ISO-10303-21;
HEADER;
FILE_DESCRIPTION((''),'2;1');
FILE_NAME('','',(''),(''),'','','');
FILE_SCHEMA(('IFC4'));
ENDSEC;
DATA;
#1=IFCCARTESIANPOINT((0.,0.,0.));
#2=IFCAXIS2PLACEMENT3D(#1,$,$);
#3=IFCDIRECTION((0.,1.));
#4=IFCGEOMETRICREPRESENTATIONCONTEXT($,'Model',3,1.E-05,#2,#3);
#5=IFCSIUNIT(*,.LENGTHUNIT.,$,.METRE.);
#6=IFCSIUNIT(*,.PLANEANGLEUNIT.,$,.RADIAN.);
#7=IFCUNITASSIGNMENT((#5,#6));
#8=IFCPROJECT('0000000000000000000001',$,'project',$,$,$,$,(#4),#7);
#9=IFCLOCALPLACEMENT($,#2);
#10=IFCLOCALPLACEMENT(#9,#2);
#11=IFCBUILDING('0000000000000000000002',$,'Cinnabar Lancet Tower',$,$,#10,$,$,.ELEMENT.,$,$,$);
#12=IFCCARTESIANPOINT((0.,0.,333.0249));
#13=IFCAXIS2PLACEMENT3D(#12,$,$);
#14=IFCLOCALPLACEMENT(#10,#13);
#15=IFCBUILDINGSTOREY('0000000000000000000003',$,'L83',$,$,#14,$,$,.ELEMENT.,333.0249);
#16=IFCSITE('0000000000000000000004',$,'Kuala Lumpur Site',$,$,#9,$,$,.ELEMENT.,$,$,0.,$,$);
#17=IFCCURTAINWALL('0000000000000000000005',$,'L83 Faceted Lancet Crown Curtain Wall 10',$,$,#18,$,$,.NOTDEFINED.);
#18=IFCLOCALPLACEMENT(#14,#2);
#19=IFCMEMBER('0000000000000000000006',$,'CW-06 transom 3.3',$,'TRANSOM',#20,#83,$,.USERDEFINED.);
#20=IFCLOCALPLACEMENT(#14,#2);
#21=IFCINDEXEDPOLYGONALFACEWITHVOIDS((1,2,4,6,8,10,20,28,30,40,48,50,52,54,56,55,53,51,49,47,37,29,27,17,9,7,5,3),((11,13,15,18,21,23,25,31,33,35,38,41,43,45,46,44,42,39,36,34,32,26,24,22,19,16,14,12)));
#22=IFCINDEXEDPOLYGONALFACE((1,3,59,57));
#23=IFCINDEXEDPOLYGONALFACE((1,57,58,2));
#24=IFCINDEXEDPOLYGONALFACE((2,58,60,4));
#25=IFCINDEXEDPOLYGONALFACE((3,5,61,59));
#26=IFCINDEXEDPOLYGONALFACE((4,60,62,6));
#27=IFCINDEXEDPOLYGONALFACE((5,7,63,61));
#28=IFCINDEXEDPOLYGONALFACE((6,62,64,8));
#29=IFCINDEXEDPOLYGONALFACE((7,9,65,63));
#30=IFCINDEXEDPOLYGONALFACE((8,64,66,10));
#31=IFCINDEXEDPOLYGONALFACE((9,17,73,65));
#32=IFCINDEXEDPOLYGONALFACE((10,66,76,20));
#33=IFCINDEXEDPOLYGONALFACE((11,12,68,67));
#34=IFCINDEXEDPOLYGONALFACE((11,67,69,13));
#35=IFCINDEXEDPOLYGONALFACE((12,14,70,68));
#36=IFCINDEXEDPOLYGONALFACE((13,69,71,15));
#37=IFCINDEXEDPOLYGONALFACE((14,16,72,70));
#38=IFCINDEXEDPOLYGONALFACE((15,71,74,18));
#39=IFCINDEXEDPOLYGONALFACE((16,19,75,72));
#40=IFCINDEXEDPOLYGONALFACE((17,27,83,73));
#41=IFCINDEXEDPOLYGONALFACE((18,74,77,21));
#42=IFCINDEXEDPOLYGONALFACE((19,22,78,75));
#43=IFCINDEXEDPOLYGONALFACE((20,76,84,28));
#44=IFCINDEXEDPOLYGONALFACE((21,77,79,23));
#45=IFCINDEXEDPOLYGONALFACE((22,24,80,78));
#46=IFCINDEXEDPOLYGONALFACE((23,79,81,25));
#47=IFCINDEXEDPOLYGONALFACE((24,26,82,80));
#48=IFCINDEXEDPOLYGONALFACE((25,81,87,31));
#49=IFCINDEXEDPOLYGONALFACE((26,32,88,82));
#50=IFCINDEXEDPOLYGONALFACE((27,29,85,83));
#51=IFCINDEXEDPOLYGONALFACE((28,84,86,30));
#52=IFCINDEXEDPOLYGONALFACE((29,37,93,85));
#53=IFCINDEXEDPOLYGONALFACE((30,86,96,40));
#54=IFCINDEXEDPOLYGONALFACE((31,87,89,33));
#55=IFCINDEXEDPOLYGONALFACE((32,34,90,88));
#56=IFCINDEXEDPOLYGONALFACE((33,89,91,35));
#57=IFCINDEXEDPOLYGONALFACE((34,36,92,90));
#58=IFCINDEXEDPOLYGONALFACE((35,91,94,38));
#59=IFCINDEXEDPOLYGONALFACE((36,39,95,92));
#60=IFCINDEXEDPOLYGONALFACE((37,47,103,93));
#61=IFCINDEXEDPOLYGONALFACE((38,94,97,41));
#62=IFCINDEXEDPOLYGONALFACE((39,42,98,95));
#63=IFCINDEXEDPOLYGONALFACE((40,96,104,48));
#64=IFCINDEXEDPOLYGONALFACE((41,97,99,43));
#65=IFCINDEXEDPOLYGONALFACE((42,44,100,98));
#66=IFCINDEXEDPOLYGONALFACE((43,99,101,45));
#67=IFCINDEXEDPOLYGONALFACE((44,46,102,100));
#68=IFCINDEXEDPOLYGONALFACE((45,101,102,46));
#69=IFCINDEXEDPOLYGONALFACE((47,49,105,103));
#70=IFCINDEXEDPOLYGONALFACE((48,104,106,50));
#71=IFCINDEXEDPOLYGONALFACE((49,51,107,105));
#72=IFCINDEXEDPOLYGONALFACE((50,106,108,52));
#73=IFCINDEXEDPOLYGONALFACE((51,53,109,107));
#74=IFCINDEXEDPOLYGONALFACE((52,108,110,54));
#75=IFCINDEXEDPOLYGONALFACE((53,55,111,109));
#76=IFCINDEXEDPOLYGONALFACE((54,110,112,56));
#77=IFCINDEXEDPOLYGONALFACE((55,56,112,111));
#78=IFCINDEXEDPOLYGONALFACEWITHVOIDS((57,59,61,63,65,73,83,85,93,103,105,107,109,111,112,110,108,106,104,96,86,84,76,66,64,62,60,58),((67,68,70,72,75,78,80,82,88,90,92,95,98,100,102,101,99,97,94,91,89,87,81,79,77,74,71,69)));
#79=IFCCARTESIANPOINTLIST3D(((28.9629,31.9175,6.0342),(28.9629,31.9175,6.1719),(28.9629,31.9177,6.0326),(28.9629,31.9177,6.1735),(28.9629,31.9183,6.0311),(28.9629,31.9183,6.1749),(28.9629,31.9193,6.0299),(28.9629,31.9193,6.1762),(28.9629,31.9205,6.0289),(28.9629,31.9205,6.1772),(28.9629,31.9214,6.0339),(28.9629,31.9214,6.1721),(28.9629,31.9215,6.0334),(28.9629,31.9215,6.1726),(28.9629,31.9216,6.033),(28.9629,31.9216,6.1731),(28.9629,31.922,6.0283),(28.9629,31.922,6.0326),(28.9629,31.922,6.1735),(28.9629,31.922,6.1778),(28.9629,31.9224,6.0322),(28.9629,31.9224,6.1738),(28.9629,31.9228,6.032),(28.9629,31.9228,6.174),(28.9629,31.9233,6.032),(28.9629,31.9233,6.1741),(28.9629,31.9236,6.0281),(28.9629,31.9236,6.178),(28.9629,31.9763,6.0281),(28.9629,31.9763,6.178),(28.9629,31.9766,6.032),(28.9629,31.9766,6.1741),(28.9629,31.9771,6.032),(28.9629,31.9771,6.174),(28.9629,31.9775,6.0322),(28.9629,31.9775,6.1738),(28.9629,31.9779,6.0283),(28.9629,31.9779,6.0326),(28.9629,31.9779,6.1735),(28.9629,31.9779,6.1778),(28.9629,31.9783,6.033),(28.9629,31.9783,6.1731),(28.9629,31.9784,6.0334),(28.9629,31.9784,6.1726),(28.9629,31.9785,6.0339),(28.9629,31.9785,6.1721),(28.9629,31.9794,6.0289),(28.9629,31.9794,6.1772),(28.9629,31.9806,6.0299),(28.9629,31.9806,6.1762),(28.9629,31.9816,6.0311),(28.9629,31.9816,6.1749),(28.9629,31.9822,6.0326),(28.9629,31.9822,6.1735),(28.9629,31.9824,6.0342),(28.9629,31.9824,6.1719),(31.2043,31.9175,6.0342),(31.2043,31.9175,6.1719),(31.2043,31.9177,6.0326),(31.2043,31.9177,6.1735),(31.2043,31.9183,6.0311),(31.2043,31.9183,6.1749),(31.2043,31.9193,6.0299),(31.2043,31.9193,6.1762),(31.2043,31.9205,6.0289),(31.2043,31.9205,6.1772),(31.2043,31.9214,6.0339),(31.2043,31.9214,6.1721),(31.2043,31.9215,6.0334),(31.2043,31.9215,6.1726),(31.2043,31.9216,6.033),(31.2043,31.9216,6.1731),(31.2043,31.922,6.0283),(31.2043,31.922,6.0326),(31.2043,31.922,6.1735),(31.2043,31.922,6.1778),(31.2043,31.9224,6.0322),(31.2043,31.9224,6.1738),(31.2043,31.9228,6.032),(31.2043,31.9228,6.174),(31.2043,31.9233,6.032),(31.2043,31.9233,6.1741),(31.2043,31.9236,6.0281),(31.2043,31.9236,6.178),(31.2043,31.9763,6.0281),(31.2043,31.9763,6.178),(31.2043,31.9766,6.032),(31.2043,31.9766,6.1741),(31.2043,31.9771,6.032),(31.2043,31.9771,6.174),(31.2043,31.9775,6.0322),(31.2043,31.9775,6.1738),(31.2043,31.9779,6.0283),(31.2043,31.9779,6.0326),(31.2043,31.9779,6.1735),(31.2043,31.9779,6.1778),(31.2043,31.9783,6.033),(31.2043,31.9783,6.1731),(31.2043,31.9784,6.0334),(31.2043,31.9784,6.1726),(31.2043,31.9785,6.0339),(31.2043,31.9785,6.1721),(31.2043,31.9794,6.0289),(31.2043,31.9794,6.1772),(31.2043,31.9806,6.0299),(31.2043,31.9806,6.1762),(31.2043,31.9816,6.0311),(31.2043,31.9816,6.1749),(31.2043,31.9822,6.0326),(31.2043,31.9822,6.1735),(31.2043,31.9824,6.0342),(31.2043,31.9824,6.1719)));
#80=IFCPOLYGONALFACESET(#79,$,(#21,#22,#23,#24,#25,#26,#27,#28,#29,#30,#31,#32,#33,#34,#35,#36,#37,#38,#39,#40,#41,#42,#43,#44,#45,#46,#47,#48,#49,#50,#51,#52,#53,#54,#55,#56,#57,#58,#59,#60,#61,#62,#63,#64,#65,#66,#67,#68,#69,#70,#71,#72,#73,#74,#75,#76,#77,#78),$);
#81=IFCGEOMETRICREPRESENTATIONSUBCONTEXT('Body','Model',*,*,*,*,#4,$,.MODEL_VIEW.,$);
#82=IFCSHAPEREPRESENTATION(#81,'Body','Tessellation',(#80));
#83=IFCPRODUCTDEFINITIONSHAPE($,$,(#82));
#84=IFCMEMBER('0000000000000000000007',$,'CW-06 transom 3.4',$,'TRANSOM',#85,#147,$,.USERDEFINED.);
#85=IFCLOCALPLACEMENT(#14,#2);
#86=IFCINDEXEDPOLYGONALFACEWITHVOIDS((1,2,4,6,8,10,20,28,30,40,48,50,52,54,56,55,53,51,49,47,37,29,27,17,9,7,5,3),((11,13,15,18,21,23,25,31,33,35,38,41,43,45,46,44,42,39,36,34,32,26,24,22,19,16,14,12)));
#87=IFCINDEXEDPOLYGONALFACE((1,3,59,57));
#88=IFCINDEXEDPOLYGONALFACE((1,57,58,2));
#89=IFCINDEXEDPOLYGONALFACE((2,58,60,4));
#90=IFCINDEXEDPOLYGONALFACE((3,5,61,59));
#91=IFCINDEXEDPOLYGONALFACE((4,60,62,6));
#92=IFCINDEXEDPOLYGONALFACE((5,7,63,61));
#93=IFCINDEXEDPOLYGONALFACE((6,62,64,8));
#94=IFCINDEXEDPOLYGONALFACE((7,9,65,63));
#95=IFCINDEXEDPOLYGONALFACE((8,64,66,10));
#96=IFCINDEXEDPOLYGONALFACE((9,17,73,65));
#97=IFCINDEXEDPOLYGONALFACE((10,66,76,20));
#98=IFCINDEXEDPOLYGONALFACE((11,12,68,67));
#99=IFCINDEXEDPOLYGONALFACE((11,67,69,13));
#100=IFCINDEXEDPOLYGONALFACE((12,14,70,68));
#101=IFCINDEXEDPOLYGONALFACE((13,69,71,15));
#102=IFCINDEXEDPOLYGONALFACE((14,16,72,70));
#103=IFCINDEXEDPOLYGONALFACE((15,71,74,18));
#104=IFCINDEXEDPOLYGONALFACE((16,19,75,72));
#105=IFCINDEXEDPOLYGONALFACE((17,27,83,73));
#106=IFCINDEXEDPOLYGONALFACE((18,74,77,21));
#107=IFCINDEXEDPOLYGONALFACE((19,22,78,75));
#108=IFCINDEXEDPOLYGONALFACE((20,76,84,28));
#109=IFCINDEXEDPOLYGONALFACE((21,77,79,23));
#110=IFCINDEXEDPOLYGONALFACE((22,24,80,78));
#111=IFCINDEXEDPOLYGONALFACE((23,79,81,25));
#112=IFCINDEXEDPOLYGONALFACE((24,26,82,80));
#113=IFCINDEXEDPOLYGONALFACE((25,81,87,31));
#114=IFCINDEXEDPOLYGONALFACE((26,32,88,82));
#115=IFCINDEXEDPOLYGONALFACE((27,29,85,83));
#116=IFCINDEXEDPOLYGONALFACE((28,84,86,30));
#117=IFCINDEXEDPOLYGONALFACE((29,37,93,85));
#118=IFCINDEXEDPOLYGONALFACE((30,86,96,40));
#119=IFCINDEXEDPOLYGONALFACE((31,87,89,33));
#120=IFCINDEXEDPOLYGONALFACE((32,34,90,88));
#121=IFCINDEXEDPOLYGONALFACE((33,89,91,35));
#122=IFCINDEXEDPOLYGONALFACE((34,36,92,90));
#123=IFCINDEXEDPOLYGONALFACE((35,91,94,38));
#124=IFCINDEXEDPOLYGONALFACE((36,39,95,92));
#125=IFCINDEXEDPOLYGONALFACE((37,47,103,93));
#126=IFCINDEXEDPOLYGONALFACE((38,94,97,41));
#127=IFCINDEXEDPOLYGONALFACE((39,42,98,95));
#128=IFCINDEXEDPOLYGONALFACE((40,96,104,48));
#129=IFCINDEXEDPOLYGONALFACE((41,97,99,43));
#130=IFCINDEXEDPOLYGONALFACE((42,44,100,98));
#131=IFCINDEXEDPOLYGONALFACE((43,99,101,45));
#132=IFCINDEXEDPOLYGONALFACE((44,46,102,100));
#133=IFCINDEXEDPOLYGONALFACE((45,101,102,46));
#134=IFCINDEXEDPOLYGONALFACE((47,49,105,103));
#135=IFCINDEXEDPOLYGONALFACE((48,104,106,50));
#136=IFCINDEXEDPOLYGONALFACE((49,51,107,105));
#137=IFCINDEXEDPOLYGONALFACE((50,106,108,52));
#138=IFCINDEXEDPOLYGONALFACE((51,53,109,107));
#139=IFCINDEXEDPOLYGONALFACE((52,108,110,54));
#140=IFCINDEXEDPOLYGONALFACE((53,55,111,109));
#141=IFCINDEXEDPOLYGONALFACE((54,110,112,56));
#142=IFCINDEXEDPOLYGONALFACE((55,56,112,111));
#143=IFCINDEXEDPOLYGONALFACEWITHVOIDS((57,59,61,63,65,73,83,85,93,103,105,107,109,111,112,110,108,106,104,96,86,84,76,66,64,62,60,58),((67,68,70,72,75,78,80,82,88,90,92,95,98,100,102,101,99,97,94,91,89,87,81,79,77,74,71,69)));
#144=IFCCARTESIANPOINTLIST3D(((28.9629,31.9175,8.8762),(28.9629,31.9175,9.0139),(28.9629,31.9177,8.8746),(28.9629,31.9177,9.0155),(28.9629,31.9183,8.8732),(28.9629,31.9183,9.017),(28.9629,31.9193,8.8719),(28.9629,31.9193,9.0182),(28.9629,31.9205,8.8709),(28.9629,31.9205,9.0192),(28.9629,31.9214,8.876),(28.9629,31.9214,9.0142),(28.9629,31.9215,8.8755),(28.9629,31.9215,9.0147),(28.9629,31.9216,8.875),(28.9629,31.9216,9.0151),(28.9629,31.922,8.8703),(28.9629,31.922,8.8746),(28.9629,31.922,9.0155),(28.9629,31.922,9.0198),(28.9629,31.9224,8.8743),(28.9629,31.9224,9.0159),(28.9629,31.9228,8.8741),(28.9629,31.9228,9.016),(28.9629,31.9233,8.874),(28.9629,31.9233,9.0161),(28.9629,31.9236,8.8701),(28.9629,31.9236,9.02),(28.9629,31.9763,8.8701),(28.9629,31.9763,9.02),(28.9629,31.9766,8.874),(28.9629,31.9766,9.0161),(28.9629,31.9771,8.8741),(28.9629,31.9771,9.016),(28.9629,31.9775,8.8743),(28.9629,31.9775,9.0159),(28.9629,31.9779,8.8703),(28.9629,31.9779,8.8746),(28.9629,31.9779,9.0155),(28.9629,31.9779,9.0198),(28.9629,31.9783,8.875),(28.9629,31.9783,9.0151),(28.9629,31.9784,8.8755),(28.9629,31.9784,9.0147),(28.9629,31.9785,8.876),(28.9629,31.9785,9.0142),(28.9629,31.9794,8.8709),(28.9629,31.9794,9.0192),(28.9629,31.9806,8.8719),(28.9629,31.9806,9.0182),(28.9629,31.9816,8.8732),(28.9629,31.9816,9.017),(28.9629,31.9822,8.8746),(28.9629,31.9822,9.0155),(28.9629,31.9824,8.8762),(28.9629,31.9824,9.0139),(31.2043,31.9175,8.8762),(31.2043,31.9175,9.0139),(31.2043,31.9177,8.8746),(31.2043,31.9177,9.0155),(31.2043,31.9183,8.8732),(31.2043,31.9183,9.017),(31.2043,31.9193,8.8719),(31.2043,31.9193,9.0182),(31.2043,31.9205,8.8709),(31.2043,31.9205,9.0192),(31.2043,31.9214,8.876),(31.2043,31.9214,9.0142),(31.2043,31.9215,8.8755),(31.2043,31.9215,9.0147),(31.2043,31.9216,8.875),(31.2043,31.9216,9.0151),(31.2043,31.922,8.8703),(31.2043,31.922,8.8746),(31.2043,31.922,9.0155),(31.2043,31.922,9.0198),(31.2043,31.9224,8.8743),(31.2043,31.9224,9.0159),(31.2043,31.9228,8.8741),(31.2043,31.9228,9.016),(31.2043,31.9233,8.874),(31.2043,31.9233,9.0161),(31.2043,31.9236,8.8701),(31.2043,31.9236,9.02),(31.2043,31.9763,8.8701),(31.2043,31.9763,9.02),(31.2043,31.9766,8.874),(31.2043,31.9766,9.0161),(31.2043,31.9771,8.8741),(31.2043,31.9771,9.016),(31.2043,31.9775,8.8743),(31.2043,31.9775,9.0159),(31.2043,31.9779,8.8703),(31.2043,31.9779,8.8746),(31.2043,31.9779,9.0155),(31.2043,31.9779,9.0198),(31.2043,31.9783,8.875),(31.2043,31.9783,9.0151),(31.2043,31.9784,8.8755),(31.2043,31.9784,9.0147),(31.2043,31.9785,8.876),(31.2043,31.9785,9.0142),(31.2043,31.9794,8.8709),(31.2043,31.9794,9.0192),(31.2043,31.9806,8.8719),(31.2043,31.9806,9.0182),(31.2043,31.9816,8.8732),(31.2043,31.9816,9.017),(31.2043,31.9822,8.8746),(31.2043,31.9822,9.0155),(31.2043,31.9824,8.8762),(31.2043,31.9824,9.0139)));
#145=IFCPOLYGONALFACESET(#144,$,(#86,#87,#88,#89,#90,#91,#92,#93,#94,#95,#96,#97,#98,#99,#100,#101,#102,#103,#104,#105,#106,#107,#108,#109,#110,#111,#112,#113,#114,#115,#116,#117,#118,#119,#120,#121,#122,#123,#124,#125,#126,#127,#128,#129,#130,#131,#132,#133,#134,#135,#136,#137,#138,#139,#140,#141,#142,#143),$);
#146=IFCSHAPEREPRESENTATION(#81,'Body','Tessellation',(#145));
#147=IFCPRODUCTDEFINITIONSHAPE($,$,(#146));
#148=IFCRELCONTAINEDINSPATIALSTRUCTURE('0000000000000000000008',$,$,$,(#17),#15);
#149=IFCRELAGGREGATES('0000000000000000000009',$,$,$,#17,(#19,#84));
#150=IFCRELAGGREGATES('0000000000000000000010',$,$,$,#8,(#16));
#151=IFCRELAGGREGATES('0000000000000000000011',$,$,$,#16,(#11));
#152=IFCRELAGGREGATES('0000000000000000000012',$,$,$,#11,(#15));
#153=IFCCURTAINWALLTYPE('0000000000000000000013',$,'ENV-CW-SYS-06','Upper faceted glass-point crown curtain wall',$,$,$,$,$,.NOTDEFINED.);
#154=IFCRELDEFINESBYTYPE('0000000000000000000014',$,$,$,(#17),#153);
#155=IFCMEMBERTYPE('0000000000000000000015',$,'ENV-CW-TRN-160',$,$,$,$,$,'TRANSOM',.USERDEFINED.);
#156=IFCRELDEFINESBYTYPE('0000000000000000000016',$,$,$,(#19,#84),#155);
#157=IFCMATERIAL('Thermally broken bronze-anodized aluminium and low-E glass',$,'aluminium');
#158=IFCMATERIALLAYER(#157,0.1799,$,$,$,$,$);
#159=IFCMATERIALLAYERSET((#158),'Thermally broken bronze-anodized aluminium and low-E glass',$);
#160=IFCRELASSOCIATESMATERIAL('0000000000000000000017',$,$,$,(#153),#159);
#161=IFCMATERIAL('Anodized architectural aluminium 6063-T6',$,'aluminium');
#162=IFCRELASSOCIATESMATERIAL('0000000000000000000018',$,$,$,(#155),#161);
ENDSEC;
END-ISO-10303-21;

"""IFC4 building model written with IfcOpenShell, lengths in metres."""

from ifc_helpers import new_model, si_unit, direction, frame, origin, origin_2d, place, context, subcontext, project, spatial, hollow_rectangle, extrude, material, layer, layer_set, material_profile, profile_set, type_object, element, aggregate, save


model = new_model("IFC4")

# Units and contexts
model_context = context("Model", 3, precision=1e-05, world=origin(), true_north=direction((0.0, 1.0)))
body_context = subcontext(model_context, "Body", "Model", "MODEL_VIEW")
ifc_project = project(units=[si_unit("LENGTHUNIT", "METRE"), si_unit("PLANEANGLEUNIT", "RADIAN")], contexts=[model_context])

# Site, building, storey
site_placement = place(None, origin())
site = spatial("IfcSite", under=ifc_project, at=site_placement, Name="Kuala Lumpur Site", CompositionType="ELEMENT", RefElevation=0.0)
building_placement = place(site_placement, origin())
building = spatial("IfcBuilding", under=site, at=building_placement, Name="Cinnabar Lancet Tower", CompositionType="ELEMENT")
storey_placement = place(building_placement, frame((0.0, 0.0, 333.0249)))
storey = spatial("IfcBuildingStorey", under=building, at=storey_placement, Name="L83", CompositionType="ELEMENT", Elevation=333.0249)

# Curtain wall
ifc_material_1 = material(Name="Thermally broken bronze-anodized aluminium and low-E glass", Category="aluminium")
ifc_layer_1 = layer(ifc_material_1, 0.1799)
ifc_layer_set_1 = layer_set([ifc_layer_1], Name="Thermally broken bronze-anodized aluminium and low-E glass")
curtain_wall_type = type_object("IfcCurtainWallType", Name="ENV-CW-SYS-06", Description="Upper faceted glass-point crown curtain wall", PredefinedType="NOTDEFINED", material=ifc_layer_set_1)
curtain_wall_1_placement = place(storey_placement, origin())
curtain_wall_1 = element("IfcCurtainWall", 1, at=curtain_wall_1_placement, inside=storey, type_object=curtain_wall_type, Name="L83 Faceted Lancet Crown Curtain Wall 10", PredefinedType="NOTDEFINED")

# Members
ifc_material_2 = material(Name="Anodized architectural aluminium 6063-T6", Category="aluminium")
ifc_material_profile_1 = material_profile(ifc_material_2, hollow_rectangle(XDim=0.0649, YDim=0.1499, WallThickness=0.0039, InnerFilletRadius=0.002, OuterFilletRadius=0.0061, at=origin_2d()), Name="CW-TRN 150x65x4")
ifc_profile_set_1 = profile_set([ifc_material_profile_1], Name="Anodized architectural aluminium 6063-T6")
member_type_1 = type_object("IfcMemberType", Name="ENV-CW-TRN-160", ElementType="TRANSOM", PredefinedType="USERDEFINED", material=ifc_profile_set_1)
member_1_placement = place(storey_placement, frame((31.2043, 31.95, 6.103), z_axis=(-1.0, 0.0, 0.0), x_axis=(0.0, -1.0, 0.0)))
member_1 = element("IfcMember", 2, at=member_1_placement, type_object=member_type_1, Name="CW-06 transom 3.3", ObjectType="TRANSOM", PredefinedType="USERDEFINED", context=body_context, shape_type="SweptSolid", body=[
    extrude(hollow_rectangle(XDim=0.0649, YDim=0.1499, WallThickness=0.0039, InnerFilletRadius=0.002, OuterFilletRadius=0.0061, at=origin_2d()), origin(), (0.0, 0.0, 1.0), 2.2415),
])
member_2_placement = place(storey_placement, frame((31.2043, 31.95, 8.9451), z_axis=(-1.0, 0.0, 0.0), x_axis=(0.0, -1.0, 0.0)))
member_2 = element("IfcMember", 3, at=member_2_placement, type_object=member_type_1, Name="CW-06 transom 3.4", ObjectType="TRANSOM", PredefinedType="USERDEFINED", context=body_context, shape_type="SweptSolid", body=[
    extrude(hollow_rectangle(XDim=0.0649, YDim=0.1499, WallThickness=0.0039, InnerFilletRadius=0.002, OuterFilletRadius=0.0061, at=origin_2d()), origin(), (0.0, 0.0, 1.0), 2.2415),
])

aggregate(curtain_wall_1, [member_1, member_2])

save(model, "model.ifc")
